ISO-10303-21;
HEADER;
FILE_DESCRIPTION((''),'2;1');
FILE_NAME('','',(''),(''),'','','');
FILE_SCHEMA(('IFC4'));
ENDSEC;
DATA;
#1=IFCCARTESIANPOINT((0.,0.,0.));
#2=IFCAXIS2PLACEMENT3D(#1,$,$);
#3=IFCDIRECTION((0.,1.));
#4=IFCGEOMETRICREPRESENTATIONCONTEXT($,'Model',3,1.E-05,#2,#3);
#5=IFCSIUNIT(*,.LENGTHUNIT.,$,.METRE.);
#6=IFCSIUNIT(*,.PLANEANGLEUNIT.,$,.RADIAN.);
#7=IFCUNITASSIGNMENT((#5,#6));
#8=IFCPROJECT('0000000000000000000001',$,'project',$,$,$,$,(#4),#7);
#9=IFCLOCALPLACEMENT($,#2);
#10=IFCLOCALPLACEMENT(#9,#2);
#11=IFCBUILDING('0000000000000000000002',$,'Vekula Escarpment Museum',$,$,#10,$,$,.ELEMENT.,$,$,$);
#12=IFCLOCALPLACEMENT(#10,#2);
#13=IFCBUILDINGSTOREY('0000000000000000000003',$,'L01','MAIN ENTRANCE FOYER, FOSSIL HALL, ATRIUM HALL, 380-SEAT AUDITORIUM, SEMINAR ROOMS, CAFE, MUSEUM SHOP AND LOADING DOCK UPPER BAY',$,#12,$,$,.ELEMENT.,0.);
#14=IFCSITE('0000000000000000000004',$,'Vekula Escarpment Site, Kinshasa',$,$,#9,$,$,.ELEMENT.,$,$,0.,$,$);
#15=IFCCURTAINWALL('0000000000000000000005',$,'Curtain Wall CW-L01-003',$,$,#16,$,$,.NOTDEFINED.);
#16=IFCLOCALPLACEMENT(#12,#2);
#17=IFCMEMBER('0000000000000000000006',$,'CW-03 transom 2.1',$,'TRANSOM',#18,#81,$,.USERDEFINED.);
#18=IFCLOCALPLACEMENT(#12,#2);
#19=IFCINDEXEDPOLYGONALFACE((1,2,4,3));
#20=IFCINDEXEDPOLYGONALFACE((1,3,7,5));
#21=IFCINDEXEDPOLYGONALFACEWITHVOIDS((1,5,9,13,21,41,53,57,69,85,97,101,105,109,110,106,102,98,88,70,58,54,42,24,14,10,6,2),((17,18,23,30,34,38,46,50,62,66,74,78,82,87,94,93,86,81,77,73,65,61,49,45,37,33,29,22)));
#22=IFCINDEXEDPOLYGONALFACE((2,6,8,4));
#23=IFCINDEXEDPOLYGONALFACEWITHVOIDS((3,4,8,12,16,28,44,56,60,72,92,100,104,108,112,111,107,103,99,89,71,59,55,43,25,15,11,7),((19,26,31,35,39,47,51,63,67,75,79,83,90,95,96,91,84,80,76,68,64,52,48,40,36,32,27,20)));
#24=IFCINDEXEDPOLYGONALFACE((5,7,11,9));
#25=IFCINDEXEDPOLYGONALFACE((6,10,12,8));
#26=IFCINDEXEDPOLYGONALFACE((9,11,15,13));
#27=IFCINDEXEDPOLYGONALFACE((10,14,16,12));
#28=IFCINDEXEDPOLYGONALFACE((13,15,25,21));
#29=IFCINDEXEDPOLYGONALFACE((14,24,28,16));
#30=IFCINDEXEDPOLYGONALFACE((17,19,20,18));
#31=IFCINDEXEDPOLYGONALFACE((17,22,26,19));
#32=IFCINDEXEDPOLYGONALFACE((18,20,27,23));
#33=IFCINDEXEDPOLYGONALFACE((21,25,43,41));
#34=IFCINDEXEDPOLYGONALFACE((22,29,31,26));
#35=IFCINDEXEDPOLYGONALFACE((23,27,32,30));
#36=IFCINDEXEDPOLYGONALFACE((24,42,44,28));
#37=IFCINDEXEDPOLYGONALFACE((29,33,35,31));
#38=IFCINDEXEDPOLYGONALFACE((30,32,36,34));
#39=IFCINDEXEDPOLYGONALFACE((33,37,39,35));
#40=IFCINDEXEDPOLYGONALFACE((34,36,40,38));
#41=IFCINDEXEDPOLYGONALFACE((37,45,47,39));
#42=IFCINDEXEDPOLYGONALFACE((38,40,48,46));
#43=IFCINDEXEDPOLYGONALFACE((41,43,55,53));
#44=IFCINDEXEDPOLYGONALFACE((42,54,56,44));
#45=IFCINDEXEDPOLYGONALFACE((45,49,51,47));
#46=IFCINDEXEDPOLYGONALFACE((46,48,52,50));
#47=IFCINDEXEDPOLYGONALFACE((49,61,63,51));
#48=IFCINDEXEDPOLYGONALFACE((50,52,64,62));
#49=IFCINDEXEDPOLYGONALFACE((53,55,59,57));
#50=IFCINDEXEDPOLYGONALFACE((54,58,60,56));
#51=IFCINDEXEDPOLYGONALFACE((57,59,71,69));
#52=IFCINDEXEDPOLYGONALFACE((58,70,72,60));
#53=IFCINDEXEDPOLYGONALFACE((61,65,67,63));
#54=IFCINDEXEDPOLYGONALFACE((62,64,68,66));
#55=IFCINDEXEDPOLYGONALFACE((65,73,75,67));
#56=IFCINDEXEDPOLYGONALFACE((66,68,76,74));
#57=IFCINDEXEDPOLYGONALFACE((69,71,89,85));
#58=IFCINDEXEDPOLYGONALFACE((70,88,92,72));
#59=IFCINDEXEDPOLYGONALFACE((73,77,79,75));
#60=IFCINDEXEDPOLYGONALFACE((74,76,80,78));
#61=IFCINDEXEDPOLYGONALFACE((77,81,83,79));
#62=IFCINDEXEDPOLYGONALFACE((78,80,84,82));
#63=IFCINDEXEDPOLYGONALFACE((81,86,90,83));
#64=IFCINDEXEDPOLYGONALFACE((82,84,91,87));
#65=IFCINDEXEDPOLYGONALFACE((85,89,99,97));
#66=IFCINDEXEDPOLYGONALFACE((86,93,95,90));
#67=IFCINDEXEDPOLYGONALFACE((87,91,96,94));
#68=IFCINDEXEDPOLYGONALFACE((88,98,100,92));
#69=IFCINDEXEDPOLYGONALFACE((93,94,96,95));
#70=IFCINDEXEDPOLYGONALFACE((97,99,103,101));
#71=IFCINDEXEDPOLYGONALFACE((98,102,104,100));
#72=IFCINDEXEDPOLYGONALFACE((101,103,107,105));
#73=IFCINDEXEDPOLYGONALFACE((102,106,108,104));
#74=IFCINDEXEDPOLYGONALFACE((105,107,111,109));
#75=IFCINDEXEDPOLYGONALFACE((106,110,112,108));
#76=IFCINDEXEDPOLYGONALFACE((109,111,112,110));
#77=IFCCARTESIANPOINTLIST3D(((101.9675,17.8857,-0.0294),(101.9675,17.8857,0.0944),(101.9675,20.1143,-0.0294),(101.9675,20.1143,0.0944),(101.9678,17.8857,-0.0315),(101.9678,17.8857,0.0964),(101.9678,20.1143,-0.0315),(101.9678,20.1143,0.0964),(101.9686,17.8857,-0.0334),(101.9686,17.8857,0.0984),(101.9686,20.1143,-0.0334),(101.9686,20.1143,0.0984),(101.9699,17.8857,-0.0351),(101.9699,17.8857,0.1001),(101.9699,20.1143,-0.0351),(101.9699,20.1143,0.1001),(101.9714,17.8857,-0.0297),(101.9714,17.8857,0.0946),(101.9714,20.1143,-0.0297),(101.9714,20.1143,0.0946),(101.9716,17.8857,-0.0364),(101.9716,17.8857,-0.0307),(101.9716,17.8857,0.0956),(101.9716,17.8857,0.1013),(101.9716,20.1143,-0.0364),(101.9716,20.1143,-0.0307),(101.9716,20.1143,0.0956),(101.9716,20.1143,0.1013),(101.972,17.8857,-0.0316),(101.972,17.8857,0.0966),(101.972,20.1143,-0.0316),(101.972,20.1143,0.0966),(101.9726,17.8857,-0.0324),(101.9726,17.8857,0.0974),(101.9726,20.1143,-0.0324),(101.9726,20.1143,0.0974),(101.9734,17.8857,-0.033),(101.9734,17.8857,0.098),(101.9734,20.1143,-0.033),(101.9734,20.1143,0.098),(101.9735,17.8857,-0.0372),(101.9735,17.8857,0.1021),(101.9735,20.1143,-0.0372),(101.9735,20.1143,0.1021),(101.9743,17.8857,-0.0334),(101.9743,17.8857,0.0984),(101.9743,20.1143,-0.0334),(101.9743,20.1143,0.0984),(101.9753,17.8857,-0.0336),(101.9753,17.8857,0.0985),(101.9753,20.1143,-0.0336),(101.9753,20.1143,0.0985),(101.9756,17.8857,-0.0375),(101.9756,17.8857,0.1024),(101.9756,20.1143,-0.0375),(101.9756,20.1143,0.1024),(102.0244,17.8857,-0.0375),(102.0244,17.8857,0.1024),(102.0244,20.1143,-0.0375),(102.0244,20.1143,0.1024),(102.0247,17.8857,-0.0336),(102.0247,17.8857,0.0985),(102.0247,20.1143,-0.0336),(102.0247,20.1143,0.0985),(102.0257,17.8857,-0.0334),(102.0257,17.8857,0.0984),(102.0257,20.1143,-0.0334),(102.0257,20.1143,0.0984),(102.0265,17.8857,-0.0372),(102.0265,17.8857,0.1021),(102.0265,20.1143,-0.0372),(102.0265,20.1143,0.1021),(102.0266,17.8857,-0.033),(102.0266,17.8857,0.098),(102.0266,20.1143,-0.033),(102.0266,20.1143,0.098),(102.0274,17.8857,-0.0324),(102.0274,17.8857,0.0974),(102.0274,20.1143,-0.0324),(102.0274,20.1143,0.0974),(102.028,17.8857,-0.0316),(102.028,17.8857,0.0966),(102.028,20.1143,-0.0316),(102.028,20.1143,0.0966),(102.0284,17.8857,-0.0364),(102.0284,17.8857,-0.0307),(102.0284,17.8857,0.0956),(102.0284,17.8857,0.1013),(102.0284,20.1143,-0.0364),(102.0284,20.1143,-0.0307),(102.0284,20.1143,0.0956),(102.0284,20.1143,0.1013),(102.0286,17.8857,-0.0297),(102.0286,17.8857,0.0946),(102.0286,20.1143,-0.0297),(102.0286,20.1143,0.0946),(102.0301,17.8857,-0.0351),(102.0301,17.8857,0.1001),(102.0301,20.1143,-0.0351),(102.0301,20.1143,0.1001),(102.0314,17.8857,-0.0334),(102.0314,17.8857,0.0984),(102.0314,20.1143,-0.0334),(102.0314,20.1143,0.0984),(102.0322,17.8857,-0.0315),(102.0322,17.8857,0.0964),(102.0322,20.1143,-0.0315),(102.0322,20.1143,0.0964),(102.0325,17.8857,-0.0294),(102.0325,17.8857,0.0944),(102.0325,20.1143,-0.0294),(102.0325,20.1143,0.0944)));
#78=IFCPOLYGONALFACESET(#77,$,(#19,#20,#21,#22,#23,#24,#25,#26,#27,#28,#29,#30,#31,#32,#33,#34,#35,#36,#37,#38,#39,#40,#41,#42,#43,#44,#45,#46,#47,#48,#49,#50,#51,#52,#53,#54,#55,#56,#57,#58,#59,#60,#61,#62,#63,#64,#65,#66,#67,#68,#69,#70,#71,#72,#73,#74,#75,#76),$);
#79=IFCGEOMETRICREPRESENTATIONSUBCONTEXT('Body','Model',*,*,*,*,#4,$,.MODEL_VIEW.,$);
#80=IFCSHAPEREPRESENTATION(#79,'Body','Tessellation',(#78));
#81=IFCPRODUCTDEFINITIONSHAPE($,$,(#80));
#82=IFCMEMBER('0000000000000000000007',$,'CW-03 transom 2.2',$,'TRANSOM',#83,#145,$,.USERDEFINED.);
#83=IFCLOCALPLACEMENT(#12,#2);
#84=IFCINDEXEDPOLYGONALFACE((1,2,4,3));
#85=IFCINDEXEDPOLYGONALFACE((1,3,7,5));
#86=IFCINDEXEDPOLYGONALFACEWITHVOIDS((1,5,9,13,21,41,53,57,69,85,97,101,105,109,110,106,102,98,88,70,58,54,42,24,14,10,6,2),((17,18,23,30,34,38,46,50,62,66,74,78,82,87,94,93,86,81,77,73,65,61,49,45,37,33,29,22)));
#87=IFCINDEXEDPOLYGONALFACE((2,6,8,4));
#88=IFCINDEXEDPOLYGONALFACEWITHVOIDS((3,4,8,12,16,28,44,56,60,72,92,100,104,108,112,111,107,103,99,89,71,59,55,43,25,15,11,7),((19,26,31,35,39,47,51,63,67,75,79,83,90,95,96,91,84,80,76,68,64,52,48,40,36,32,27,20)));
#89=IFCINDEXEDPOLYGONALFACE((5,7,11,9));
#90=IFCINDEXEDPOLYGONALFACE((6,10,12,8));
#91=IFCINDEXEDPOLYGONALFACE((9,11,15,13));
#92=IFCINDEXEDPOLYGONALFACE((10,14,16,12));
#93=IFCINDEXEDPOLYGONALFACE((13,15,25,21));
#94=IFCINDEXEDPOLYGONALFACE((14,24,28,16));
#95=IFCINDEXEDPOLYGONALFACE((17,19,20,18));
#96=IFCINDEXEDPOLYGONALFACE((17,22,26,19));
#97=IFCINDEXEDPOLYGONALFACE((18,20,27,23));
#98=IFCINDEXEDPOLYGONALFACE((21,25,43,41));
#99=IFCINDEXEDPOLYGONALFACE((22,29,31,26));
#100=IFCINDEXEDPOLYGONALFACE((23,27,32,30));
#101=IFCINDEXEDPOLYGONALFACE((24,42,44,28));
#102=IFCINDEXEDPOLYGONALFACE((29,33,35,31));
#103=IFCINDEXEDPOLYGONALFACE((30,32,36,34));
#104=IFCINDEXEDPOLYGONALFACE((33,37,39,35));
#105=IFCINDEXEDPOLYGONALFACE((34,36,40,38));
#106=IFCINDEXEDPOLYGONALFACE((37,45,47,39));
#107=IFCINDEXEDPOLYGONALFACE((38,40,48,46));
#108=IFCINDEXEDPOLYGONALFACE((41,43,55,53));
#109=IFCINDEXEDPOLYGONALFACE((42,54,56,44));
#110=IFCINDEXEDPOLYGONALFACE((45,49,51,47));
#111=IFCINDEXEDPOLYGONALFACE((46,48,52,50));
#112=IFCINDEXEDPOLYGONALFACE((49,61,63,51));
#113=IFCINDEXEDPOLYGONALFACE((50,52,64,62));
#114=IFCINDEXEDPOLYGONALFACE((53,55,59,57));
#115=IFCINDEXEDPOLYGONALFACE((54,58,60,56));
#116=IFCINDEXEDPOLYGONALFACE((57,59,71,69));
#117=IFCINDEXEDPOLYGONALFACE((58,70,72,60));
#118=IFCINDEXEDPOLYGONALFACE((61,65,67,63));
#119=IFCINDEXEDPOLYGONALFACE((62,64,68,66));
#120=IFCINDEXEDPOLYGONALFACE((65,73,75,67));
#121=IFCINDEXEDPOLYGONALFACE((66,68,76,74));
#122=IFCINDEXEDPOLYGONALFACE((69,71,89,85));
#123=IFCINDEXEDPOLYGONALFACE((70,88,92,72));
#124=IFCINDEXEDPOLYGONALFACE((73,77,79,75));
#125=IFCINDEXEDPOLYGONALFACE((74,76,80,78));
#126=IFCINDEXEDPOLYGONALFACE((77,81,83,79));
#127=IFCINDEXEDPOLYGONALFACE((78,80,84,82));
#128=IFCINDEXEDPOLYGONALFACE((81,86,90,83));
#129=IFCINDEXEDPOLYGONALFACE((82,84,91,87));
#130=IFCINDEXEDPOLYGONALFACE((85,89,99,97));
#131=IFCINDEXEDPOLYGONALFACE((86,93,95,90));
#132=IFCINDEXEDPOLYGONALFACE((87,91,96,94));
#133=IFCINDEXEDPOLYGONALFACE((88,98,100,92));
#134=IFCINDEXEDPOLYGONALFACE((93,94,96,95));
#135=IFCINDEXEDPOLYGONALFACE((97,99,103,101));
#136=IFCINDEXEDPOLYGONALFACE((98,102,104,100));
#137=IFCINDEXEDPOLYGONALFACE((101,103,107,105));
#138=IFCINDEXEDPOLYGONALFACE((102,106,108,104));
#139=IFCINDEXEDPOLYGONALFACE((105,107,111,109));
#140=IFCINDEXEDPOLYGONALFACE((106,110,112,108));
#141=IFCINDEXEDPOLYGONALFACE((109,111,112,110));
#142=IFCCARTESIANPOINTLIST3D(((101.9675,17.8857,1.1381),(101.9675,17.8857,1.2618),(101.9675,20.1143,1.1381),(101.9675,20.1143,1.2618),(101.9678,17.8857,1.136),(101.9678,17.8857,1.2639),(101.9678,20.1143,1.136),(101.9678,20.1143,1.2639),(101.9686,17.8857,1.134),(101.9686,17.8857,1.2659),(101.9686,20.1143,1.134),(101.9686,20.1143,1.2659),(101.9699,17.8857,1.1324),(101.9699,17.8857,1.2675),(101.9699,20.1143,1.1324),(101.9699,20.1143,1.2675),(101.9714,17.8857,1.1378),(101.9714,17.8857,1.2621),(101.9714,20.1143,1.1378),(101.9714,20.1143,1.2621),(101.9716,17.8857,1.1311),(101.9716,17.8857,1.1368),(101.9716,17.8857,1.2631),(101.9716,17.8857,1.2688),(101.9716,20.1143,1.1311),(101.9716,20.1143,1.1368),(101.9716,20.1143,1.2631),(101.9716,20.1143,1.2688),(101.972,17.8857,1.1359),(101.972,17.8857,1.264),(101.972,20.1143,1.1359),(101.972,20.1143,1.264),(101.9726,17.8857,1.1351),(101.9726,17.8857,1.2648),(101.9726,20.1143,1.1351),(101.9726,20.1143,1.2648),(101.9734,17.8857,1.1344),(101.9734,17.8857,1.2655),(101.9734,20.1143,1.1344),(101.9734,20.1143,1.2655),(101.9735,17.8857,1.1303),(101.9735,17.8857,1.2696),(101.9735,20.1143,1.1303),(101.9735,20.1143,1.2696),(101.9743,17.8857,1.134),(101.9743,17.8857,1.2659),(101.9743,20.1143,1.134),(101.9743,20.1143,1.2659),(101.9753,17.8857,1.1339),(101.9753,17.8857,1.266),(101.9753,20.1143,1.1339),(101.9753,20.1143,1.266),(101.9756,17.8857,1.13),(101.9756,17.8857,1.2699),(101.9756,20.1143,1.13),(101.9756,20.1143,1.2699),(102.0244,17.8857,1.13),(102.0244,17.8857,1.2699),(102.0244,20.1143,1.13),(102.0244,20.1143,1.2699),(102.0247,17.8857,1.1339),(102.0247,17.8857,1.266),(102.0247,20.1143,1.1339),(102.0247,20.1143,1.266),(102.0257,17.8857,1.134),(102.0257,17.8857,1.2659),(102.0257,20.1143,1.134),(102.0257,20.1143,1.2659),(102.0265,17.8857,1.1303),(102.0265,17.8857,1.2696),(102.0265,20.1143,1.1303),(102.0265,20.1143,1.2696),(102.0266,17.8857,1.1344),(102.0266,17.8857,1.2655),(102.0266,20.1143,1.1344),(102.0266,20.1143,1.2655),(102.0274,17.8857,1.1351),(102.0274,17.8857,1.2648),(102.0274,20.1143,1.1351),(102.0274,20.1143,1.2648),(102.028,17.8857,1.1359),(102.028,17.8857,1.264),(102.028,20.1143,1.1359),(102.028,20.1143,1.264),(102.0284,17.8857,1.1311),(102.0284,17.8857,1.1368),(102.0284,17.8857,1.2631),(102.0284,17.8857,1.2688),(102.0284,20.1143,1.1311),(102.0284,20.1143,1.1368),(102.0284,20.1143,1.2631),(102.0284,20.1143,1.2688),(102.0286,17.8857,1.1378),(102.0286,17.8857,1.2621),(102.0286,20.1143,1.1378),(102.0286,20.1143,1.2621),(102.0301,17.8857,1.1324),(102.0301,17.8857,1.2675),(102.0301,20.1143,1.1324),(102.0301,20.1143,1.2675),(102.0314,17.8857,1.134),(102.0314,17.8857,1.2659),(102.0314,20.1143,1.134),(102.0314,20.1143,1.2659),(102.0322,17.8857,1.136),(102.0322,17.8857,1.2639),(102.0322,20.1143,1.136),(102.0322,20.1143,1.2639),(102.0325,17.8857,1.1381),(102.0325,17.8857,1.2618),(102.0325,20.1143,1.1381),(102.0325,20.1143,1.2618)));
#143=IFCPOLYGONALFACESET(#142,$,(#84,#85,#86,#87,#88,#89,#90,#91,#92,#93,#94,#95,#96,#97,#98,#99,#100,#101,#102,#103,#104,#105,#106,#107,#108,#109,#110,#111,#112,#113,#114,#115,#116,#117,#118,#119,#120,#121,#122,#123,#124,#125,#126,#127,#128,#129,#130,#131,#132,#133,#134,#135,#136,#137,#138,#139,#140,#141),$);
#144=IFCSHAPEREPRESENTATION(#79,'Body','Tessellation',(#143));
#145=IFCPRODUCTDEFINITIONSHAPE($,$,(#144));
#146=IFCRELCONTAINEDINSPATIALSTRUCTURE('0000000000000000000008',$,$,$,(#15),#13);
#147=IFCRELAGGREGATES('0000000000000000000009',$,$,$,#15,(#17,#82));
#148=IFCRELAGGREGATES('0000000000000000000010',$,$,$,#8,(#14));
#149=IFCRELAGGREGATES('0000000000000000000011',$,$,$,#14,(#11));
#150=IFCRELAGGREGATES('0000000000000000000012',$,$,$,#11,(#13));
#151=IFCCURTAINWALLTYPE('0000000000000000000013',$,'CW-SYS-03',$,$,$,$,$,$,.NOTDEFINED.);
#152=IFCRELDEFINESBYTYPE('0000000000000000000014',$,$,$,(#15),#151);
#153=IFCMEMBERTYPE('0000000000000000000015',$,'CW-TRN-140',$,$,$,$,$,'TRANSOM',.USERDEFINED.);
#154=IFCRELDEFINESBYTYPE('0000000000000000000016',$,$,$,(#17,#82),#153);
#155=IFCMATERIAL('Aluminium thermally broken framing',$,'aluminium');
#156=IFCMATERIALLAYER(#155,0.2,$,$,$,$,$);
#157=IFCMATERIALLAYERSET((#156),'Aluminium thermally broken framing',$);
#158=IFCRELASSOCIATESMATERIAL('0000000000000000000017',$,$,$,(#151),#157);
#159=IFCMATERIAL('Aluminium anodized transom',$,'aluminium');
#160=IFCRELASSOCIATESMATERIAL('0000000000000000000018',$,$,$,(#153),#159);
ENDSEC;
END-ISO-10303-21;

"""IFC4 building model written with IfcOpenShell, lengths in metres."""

from ifc_helpers import new_model, si_unit, direction, frame, origin, origin_2d, place, context, subcontext, project, spatial, hollow_rectangle, extrude, material, layer, layer_set, material_profile, profile_set, type_object, element, aggregate, save


model = new_model("IFC4")

# Units and contexts
model_context = context("Model", 3, precision=1e-05, world=origin(), true_north=direction((0.0, 1.0)))
body_context = subcontext(model_context, "Body", "Model", "MODEL_VIEW")
ifc_project = project(units=[si_unit("LENGTHUNIT", "METRE"), si_unit("PLANEANGLEUNIT", "RADIAN")], contexts=[model_context])

# Site, building, storey
site_placement = place(None, origin())
site = spatial("IfcSite", under=ifc_project, at=site_placement, Name="Vekula Escarpment Site, Kinshasa", CompositionType="ELEMENT", RefElevation=0.0)
building_placement = place(site_placement, origin())
building = spatial("IfcBuilding", under=site, at=building_placement, Name="Vekula Escarpment Museum", CompositionType="ELEMENT")
storey_placement = place(building_placement, origin())
storey = spatial("IfcBuildingStorey", under=building, at=storey_placement, Name="L01", Description="MAIN ENTRANCE FOYER, FOSSIL HALL, ATRIUM HALL, 380-SEAT AUDITORIUM, SEMINAR ROOMS, CAFE, MUSEUM SHOP AND LOADING DOCK UPPER BAY", CompositionType="ELEMENT", Elevation=0.0)

# Curtain wall
ifc_material_1 = material(Name="Aluminium thermally broken framing", Category="aluminium")
ifc_layer_1 = layer(ifc_material_1, 0.2)
ifc_layer_set_1 = layer_set([ifc_layer_1], Name="Aluminium thermally broken framing")
curtain_wall_type_1 = type_object("IfcCurtainWallType", Name="CW-SYS-03", PredefinedType="NOTDEFINED", material=ifc_layer_set_1)
curtain_wall_1_placement = place(storey_placement, origin())
curtain_wall_1 = element("IfcCurtainWall", 1, at=curtain_wall_1_placement, inside=storey, type_object=curtain_wall_type_1, Name="Curtain Wall CW-L01-003", PredefinedType="NOTDEFINED")

# Members
ifc_material_2 = material(Name="Aluminium anodized transom", Category="aluminium")
ifc_material_profile_1 = material_profile(ifc_material_2, hollow_rectangle(XDim=0.0649, YDim=0.1399, WallThickness=0.0039, InnerFilletRadius=0.0039, OuterFilletRadius=0.0081, at=origin_2d()), Name="ALU 140x65x4")
ifc_profile_set_1 = profile_set([ifc_material_profile_1], Name="Aluminium anodized transom")
member_type_1 = type_object("IfcMemberType", Name="CW-TRN-140", ElementType="TRANSOM", PredefinedType="USERDEFINED", material=ifc_profile_set_1)
member_1_placement = place(storey_placement, frame((102.0, 17.8857, 0.0325), z_axis=(0.0, 1.0, 0.0), x_axis=(-1.0, 0.0, 0.0)))
member_1 = element("IfcMember", 2, at=member_1_placement, type_object=member_type_1, Name="CW-03 transom 2.1", ObjectType="TRANSOM", PredefinedType="USERDEFINED", context=body_context, shape_type="SweptSolid", body=[
    extrude(hollow_rectangle(XDim=0.0649, YDim=0.1399, WallThickness=0.0039, InnerFilletRadius=0.0039, OuterFilletRadius=0.0081, at=origin_2d()), origin(), (0.0, 0.0, 1.0), 2.2285),
])
member_2_placement = place(storey_placement, frame((102.0, 17.8857, 1.2), z_axis=(0.0, 1.0, 0.0), x_axis=(-1.0, 0.0, 0.0)))
member_2 = element("IfcMember", 3, at=member_2_placement, type_object=member_type_1, Name="CW-03 transom 2.2", ObjectType="TRANSOM", PredefinedType="USERDEFINED", context=body_context, shape_type="SweptSolid", body=[
    extrude(hollow_rectangle(XDim=0.0649, YDim=0.1399, WallThickness=0.0039, InnerFilletRadius=0.0039, OuterFilletRadius=0.0081, at=origin_2d()), origin(), (0.0, 0.0, 1.0), 2.2285),
])

aggregate(curtain_wall_1, [member_1, member_2])

save(model, "model.ifc")
